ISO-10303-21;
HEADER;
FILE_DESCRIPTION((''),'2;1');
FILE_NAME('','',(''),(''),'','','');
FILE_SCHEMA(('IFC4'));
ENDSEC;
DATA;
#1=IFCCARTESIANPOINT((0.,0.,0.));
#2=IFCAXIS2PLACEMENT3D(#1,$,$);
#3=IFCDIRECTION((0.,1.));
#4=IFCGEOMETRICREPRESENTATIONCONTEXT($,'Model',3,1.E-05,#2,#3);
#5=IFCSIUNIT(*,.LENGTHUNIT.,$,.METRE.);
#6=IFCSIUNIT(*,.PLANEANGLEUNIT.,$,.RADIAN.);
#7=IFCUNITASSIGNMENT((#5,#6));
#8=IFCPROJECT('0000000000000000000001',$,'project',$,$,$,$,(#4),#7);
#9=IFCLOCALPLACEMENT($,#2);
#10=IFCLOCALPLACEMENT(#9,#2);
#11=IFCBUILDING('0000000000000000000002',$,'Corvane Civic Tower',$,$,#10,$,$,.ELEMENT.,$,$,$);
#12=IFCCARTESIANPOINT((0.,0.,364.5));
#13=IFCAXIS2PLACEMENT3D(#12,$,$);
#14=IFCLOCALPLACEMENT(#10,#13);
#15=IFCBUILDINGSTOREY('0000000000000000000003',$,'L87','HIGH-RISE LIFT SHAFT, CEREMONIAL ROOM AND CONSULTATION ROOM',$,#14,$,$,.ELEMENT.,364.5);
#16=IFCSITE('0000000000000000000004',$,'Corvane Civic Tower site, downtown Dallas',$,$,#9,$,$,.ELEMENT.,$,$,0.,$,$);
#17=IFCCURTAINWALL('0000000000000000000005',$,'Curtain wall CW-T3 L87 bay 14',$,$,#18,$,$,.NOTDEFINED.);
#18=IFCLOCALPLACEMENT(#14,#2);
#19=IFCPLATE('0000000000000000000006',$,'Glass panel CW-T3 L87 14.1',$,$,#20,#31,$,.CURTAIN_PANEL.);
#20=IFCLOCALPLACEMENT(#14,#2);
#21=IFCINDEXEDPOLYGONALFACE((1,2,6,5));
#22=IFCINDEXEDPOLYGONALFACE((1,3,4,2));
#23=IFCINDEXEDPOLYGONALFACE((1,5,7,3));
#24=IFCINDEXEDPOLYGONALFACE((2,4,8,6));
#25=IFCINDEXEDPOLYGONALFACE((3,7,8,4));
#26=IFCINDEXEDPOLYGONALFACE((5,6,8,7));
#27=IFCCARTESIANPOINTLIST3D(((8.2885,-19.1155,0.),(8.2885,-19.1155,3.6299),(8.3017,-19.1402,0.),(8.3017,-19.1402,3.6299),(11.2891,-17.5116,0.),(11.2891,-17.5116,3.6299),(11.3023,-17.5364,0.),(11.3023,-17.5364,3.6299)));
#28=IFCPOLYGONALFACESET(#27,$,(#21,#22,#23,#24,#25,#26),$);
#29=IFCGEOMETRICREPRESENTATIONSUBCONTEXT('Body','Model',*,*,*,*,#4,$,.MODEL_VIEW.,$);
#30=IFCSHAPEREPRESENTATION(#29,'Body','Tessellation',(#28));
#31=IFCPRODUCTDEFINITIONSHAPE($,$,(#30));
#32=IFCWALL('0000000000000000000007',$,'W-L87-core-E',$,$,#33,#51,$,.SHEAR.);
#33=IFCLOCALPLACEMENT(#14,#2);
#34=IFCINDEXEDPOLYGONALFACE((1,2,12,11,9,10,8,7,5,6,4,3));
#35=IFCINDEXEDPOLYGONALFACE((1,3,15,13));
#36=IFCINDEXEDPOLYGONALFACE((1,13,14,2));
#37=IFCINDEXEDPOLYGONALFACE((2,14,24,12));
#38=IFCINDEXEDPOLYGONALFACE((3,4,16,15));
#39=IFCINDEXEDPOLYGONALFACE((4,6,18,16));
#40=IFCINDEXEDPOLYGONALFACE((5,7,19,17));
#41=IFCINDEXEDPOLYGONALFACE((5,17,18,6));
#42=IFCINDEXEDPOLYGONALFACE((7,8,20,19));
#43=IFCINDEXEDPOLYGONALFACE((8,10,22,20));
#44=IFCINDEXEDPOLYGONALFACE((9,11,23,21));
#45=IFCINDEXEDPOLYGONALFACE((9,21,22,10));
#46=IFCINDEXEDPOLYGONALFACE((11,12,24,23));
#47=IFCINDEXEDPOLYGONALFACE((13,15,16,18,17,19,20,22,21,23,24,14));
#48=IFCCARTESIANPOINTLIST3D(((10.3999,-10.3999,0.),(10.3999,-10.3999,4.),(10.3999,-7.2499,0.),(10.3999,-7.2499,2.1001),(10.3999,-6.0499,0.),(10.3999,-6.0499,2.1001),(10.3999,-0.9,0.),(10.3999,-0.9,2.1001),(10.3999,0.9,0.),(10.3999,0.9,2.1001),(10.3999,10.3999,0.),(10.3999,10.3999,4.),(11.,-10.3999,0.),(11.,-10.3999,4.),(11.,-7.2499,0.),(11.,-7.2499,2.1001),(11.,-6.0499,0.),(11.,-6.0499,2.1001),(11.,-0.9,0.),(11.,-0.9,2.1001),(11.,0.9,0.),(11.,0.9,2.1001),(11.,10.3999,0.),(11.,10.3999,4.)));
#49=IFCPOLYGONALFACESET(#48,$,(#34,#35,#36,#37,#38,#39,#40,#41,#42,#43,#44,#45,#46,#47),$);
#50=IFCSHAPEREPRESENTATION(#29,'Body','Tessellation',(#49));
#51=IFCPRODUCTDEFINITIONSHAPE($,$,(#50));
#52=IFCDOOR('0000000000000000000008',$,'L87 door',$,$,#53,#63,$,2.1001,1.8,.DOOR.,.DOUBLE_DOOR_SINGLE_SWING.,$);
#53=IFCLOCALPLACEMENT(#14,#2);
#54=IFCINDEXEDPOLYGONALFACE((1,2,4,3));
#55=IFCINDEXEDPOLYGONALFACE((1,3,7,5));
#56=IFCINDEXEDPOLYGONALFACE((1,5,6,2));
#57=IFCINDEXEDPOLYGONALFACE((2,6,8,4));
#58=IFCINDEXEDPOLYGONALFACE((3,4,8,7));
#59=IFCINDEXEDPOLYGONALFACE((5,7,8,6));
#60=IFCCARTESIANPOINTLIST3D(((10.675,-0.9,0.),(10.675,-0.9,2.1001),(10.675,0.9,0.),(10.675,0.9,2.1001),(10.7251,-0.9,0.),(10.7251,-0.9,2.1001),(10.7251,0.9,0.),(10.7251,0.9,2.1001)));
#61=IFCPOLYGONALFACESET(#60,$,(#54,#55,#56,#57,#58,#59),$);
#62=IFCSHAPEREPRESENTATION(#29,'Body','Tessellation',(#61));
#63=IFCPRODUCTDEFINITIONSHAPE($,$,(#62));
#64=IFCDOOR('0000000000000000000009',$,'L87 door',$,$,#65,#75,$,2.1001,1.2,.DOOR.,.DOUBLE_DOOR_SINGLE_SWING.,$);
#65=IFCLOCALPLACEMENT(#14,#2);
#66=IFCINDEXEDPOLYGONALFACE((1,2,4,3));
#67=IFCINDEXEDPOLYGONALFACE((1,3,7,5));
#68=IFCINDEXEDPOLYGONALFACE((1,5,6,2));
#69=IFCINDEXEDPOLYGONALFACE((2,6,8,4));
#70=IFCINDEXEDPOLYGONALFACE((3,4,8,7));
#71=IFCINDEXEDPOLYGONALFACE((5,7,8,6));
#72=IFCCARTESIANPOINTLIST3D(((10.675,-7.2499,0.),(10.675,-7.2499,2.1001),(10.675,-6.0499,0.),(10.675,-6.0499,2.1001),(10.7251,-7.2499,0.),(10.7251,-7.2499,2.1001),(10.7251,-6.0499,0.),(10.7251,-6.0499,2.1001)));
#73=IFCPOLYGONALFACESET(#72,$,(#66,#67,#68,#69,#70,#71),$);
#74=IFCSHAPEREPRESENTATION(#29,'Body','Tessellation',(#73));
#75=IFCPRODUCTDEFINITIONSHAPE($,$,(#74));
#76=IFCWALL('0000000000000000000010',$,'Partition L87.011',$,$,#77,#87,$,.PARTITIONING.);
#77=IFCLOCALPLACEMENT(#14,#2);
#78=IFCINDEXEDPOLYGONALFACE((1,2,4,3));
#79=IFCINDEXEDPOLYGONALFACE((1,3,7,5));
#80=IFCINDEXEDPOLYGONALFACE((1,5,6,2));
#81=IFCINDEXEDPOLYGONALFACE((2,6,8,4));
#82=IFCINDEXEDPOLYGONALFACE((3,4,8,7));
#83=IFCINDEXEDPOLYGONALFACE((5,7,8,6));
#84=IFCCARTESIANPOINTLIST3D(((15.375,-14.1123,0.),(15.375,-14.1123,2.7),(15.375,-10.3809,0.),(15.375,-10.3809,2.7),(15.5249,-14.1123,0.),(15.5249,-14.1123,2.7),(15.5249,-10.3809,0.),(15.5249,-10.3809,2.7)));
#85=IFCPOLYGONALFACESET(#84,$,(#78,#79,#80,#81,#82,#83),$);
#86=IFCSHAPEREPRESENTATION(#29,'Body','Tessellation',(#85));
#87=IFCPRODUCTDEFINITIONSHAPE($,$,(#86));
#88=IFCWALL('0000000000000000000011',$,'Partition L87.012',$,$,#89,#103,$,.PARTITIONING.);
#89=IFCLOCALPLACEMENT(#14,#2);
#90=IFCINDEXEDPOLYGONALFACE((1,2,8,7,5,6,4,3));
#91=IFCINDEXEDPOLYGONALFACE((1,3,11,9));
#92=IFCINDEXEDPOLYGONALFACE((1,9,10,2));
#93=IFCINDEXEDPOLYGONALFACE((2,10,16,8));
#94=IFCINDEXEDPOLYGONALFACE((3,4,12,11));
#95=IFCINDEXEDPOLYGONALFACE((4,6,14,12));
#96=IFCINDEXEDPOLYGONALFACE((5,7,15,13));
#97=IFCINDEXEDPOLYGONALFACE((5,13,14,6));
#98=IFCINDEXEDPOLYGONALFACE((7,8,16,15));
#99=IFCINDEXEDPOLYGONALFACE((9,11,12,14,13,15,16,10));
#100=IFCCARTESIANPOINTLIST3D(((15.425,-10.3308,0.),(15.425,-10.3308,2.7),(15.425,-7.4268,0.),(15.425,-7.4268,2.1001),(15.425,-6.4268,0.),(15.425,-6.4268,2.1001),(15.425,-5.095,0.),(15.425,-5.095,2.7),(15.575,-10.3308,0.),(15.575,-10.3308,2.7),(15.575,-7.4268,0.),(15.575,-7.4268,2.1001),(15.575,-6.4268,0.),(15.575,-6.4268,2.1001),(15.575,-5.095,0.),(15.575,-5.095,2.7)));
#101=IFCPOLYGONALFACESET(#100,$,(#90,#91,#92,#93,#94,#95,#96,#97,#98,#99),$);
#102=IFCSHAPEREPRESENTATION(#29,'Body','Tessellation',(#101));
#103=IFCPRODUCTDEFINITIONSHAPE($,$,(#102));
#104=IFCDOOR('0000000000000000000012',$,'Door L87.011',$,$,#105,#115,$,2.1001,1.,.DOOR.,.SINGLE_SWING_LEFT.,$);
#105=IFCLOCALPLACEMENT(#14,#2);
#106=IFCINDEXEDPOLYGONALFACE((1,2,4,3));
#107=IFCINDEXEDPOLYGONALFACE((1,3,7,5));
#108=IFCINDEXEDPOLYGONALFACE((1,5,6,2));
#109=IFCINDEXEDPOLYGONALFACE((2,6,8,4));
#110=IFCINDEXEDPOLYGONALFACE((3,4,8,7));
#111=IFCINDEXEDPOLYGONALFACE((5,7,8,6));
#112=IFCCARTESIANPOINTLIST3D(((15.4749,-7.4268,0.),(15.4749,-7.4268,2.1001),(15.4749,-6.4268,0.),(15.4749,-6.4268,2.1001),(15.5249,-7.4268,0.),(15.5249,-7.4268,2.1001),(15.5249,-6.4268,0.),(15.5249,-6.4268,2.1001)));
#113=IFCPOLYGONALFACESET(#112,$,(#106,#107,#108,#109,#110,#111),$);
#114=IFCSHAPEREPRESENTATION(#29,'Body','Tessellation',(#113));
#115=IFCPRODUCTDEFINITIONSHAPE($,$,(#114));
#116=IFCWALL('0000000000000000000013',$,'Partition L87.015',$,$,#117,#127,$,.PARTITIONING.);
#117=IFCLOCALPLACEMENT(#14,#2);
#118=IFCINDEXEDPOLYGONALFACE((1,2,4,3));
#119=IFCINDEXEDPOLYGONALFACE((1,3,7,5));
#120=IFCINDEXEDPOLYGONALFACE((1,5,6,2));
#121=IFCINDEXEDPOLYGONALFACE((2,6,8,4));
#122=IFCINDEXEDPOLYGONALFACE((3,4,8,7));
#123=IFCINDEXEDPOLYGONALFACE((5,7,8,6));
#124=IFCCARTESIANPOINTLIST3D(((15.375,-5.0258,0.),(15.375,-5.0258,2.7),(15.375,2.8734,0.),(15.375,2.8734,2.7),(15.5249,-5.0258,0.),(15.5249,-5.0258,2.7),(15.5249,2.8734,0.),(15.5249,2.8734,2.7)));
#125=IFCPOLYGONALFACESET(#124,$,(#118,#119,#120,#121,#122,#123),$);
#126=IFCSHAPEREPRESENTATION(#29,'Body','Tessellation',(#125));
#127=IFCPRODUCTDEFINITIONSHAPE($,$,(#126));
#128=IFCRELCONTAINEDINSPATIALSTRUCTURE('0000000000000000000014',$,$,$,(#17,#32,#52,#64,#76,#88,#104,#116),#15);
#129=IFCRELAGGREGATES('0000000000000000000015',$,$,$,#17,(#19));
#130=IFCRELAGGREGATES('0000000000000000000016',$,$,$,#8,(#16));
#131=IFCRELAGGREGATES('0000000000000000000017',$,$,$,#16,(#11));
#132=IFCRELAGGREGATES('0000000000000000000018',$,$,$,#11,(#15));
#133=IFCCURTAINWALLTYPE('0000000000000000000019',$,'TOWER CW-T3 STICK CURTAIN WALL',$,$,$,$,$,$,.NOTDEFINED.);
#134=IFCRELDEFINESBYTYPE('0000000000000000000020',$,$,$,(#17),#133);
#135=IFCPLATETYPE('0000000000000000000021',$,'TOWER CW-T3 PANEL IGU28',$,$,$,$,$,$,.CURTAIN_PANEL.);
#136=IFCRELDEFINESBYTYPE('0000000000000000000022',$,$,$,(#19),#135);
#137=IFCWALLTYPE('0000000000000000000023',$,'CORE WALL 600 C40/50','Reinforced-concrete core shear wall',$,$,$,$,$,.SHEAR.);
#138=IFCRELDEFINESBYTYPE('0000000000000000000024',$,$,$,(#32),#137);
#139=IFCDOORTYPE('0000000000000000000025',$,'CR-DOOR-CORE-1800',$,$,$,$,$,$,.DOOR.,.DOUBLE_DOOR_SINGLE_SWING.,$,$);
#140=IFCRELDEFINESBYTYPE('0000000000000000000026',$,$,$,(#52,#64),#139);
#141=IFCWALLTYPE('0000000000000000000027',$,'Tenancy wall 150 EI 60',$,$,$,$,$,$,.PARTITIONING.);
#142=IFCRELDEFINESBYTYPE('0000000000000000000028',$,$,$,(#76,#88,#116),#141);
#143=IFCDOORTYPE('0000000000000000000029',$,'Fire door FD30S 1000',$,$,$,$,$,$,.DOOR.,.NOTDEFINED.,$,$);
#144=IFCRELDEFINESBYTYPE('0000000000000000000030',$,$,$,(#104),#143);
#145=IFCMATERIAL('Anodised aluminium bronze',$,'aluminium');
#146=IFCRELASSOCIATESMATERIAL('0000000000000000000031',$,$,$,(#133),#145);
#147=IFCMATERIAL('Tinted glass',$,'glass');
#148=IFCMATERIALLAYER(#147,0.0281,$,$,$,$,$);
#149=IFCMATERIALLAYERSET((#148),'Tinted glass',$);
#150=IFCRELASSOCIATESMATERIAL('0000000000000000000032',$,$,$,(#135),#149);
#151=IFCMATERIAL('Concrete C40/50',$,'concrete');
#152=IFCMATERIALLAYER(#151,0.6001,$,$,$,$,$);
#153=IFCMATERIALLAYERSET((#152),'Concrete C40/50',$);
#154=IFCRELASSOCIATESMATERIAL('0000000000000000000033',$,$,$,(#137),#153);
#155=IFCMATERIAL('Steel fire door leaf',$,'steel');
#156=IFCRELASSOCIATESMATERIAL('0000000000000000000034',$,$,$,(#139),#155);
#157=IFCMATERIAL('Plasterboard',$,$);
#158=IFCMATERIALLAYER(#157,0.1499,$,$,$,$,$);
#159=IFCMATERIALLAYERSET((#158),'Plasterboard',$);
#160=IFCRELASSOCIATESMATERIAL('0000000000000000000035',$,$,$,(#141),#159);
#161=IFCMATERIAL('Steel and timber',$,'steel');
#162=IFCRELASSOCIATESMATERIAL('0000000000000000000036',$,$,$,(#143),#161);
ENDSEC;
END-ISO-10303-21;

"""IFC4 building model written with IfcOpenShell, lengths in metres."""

from ifc_helpers import new_model, si_unit, direction, frame, frame_2d, origin, origin_2d, place, context, subcontext, project, spatial, rectangle, extrude, material, layer, layer_set, type_object, element, fill, aggregate, save


model = new_model("IFC4")

# Units and contexts
model_context = context("Model", 3, precision=1e-05, world=origin(), true_north=direction((0.0, 1.0)))
body_context = subcontext(model_context, "Body", "Model", "MODEL_VIEW")
ifc_project = project(units=[si_unit("LENGTHUNIT", "METRE"), si_unit("PLANEANGLEUNIT", "RADIAN")], contexts=[model_context])

# Site, building, storey
site_placement = place(None, origin())
site = spatial("IfcSite", under=ifc_project, at=site_placement, Name="Corvane Civic Tower site, downtown Dallas", CompositionType="ELEMENT", RefElevation=0.0)
building_placement = place(site_placement, origin())
building = spatial("IfcBuilding", under=site, at=building_placement, Name="Corvane Civic Tower", CompositionType="ELEMENT")
storey_placement = place(building_placement, frame((0.0, 0.0, 364.5)))
storey = spatial("IfcBuildingStorey", under=building, at=storey_placement, Name="L87", Description="HIGH-RISE LIFT SHAFT, CEREMONIAL ROOM AND CONSULTATION ROOM", CompositionType="ELEMENT", Elevation=364.5)

# Curtain wall
ifc_material_1 = material(Name="Anodised aluminium bronze", Category="aluminium")
curtain_wall_type = type_object("IfcCurtainWallType", Name="TOWER CW-T3 STICK CURTAIN WALL", PredefinedType="NOTDEFINED", material=ifc_material_1)
curtain_wall_1_placement = place(storey_placement, origin())
curtain_wall_1 = element("IfcCurtainWall", 1, at=curtain_wall_1_placement, inside=storey, type_object=curtain_wall_type, Name="Curtain wall CW-T3 L87 bay 14", PredefinedType="NOTDEFINED")

# Plate
ifc_material_2 = material(Name="Tinted glass", Category="glass")
ifc_layer_1 = layer(ifc_material_2, 0.0281)
ifc_layer_set_1 = layer_set([ifc_layer_1], Name="Tinted glass")
plate_type = type_object("IfcPlateType", Name="TOWER CW-T3 PANEL IGU28", PredefinedType="CURTAIN_PANEL", material=ifc_layer_set_1)
plate_1_placement = place(storey_placement, frame((9.7954, -18.3259, 0.0), z_axis=(0.0, 0.0, 1.0), x_axis=(-0.881928, -0.471384, 0.0)))
plate_1 = element("IfcPlate", 2, at=plate_1_placement, type_object=plate_type, Name="Glass panel CW-T3 L87 14.1", PredefinedType="CURTAIN_PANEL", context=body_context, shape_type="SweptSolid", body=[
    extrude(rectangle(XDim=3.4023, YDim=0.0281, at=origin_2d()), origin(), (0.0, 0.0, 1.0), 3.6299),
])
aggregate(curtain_wall_1, [plate_1])

# Wall, openings, doors
ifc_material_3 = material(Name="Concrete C40/50", Category="concrete")
ifc_layer_2 = layer(ifc_material_3, 0.6001)
ifc_layer_set_2 = layer_set([ifc_layer_2], Name="Concrete C40/50")
wall_type_1 = type_object("IfcWallType", Name="CORE WALL 600 C40/50", Description="Reinforced-concrete core shear wall", PredefinedType="SHEAR", material=ifc_layer_set_2)
wall_1_placement = place(storey_placement, frame((10.7, -10.3999, 0.0), z_axis=(0.0, 0.0, 1.0), x_axis=(0.0, 1.0, 0.0)))
wall_1 = element("IfcWall", 3, at=wall_1_placement, inside=storey, type_object=wall_type_1, Name="W-L87-core-E", PredefinedType="SHEAR", context=body_context, shape_type="SweptSolid", body=[
    extrude(rectangle(XDim=20.7998, YDim=0.6001, at=frame_2d((10.3999, 0.0))), origin(), (0.0, 0.0, 1.0), 4.0),
])
opening_1_placement = place(wall_1_placement, frame((9.5, 0.0, 0.0)))
opening_1 = element("IfcOpeningElement", 4, at=opening_1_placement, cuts=wall_1, PredefinedType="OPENING", context=body_context, shape_type="SweptSolid", body=[
    extrude(rectangle(XDim=1.8, YDim=2.1001, at=frame_2d((0.8999, 1.05))), frame((0.0, 0.3101, 0.0), z_axis=(0.0, -1.0, 0.0), x_axis=(1.0, 0.0, 0.0)), (0.0, 0.0, 1.0), 0.6201),
])
opening_2_placement = place(wall_1_placement, frame((3.1499, 0.0, 0.0)))
opening_2 = element("IfcOpeningElement", 5, at=opening_2_placement, cuts=wall_1, PredefinedType="OPENING", context=body_context, shape_type="SweptSolid", body=[
    extrude(rectangle(XDim=1.2, YDim=2.1001, at=frame_2d((0.6001, 1.05))), frame((0.0, 0.3101, 0.0), z_axis=(0.0, -1.0, 0.0), x_axis=(1.0, 0.0, 0.0)), (0.0, 0.0, 1.0), 0.6201),
])
ifc_material_4 = material(Name="Steel fire door leaf", Category="steel")
door_type_1 = type_object("IfcDoorType", Name="CR-DOOR-CORE-1800", OperationType="DOUBLE_DOOR_SINGLE_SWING", PredefinedType="DOOR", material=ifc_material_4)
door_1_placement = place(opening_1_placement, origin())
door_1 = element("IfcDoor", 6, at=door_1_placement, inside=storey, type_object=door_type_1, Name="L87 door", OperationType="DOUBLE_DOOR_SINGLE_SWING", OverallHeight=2.1001, OverallWidth=1.8, PredefinedType="DOOR", context=body_context, shape_type="SweptSolid", body=[
    extrude(rectangle(XDim=1.8, YDim=2.1001, at=frame_2d((0.8999, 1.05))), frame((0.0, 0.0249, 0.0), z_axis=(0.0, -1.0, 0.0), x_axis=(1.0, 0.0, 0.0)), (0.0, 0.0, 1.0), 0.05),
])
fill(opening_1, door_1)
door_2_placement = place(opening_2_placement, origin())
door_2 = element("IfcDoor", 7, at=door_2_placement, inside=storey, type_object=door_type_1, Name="L87 door", OperationType="DOUBLE_DOOR_SINGLE_SWING", OverallHeight=2.1001, OverallWidth=1.2, PredefinedType="DOOR", context=body_context, shape_type="SweptSolid", body=[
    extrude(rectangle(XDim=1.2, YDim=2.1001, at=frame_2d((0.6001, 1.05))), frame((0.0, 0.0249, 0.0), z_axis=(0.0, -1.0, 0.0), x_axis=(1.0, 0.0, 0.0)), (0.0, 0.0, 1.0), 0.05),
])
fill(opening_2, door_2)

# Wall
ifc_material_5 = material(Name="Plasterboard")
ifc_layer_3 = layer(ifc_material_5, 0.1499)
ifc_layer_set_3 = layer_set([ifc_layer_3], Name="Plasterboard")
wall_type_2 = type_object("IfcWallType", Name="Tenancy wall 150 EI 60", PredefinedType="PARTITIONING", material=ifc_layer_set_3)
wall_2_placement = place(storey_placement, frame((15.45, -14.1123, 0.0), z_axis=(0.0, 0.0, 1.0), x_axis=(0.0, 1.0, 0.0)))
element("IfcWall", 8, at=wall_2_placement, inside=storey, type_object=wall_type_2, Name="Partition L87.011", PredefinedType="PARTITIONING", context=body_context, shape_type="SweptSolid", body=[
    extrude(rectangle(XDim=3.7314, YDim=0.1499, at=frame_2d((1.8657, 0.0))), origin(), (0.0, 0.0, 1.0), 2.7),
])

# Wall, opening, door
wall_3_placement = place(storey_placement, frame((15.5, -10.3308, 0.0), z_axis=(0.0, 0.0, 1.0), x_axis=(0.0, 1.0, 0.0)))
wall_3 = element("IfcWall", 9, at=wall_3_placement, inside=storey, type_object=wall_type_2, Name="Partition L87.012", PredefinedType="PARTITIONING", context=body_context, shape_type="SweptSolid", body=[
    extrude(rectangle(XDim=5.2358, YDim=0.1499, at=frame_2d((2.6179, 0.0))), origin(), (0.0, 0.0, 1.0), 2.7),
])
opening_3_placement = place(wall_3_placement, frame((2.9041, 0.0, 0.0)))
opening_3 = element("IfcOpeningElement", 10, at=opening_3_placement, cuts=wall_3, PredefinedType="OPENING", context=body_context, shape_type="SweptSolid", body=[
    extrude(rectangle(XDim=1.0, YDim=2.1001, at=frame_2d((0.5, 1.05))), frame((0.0, 0.085, 0.0), z_axis=(0.0, -1.0, 0.0), x_axis=(1.0, 0.0, 0.0)), (0.0, 0.0, 1.0), 0.1699),
])
ifc_material_6 = material(Name="Steel and timber", Category="steel")
door_type_2 = type_object("IfcDoorType", Name="Fire door FD30S 1000", OperationType="NOTDEFINED", PredefinedType="DOOR", material=ifc_material_6)
door_3_placement = place(opening_3_placement, frame((1.0, 0.0, 0.0), z_axis=(0.0, 0.0, 1.0), x_axis=(-1.0, 0.0, 0.0)))
door_3 = element("IfcDoor", 11, at=door_3_placement, inside=storey, type_object=door_type_2, Name="Door L87.011", OperationType="SINGLE_SWING_LEFT", OverallHeight=2.1001, OverallWidth=1.0, PredefinedType="DOOR", context=body_context, shape_type="SweptSolid", body=[
    extrude(rectangle(XDim=1.0, YDim=2.1001, at=frame_2d((0.5, 1.05))), frame((0.0, 0.0249, 0.0), z_axis=(0.0, -1.0, 0.0), x_axis=(1.0, 0.0, 0.0)), (0.0, 0.0, 1.0), 0.05),
])
fill(opening_3, door_3)

# Wall
wall_4_placement = place(storey_placement, frame((15.45, -5.0259, 0.0), z_axis=(0.0, 0.0, 1.0), x_axis=(0.0, 1.0, 0.0)))
element("IfcWall", 12, at=wall_4_placement, inside=storey, type_object=wall_type_2, Name="Partition L87.015", PredefinedType="PARTITIONING", context=body_context, shape_type="SweptSolid", body=[
    extrude(rectangle(XDim=7.8992, YDim=0.1499, at=frame_2d((3.9497, 0.0))), origin(), (0.0, 0.0, 1.0), 2.7),
])

save(model, "model.ifc")
